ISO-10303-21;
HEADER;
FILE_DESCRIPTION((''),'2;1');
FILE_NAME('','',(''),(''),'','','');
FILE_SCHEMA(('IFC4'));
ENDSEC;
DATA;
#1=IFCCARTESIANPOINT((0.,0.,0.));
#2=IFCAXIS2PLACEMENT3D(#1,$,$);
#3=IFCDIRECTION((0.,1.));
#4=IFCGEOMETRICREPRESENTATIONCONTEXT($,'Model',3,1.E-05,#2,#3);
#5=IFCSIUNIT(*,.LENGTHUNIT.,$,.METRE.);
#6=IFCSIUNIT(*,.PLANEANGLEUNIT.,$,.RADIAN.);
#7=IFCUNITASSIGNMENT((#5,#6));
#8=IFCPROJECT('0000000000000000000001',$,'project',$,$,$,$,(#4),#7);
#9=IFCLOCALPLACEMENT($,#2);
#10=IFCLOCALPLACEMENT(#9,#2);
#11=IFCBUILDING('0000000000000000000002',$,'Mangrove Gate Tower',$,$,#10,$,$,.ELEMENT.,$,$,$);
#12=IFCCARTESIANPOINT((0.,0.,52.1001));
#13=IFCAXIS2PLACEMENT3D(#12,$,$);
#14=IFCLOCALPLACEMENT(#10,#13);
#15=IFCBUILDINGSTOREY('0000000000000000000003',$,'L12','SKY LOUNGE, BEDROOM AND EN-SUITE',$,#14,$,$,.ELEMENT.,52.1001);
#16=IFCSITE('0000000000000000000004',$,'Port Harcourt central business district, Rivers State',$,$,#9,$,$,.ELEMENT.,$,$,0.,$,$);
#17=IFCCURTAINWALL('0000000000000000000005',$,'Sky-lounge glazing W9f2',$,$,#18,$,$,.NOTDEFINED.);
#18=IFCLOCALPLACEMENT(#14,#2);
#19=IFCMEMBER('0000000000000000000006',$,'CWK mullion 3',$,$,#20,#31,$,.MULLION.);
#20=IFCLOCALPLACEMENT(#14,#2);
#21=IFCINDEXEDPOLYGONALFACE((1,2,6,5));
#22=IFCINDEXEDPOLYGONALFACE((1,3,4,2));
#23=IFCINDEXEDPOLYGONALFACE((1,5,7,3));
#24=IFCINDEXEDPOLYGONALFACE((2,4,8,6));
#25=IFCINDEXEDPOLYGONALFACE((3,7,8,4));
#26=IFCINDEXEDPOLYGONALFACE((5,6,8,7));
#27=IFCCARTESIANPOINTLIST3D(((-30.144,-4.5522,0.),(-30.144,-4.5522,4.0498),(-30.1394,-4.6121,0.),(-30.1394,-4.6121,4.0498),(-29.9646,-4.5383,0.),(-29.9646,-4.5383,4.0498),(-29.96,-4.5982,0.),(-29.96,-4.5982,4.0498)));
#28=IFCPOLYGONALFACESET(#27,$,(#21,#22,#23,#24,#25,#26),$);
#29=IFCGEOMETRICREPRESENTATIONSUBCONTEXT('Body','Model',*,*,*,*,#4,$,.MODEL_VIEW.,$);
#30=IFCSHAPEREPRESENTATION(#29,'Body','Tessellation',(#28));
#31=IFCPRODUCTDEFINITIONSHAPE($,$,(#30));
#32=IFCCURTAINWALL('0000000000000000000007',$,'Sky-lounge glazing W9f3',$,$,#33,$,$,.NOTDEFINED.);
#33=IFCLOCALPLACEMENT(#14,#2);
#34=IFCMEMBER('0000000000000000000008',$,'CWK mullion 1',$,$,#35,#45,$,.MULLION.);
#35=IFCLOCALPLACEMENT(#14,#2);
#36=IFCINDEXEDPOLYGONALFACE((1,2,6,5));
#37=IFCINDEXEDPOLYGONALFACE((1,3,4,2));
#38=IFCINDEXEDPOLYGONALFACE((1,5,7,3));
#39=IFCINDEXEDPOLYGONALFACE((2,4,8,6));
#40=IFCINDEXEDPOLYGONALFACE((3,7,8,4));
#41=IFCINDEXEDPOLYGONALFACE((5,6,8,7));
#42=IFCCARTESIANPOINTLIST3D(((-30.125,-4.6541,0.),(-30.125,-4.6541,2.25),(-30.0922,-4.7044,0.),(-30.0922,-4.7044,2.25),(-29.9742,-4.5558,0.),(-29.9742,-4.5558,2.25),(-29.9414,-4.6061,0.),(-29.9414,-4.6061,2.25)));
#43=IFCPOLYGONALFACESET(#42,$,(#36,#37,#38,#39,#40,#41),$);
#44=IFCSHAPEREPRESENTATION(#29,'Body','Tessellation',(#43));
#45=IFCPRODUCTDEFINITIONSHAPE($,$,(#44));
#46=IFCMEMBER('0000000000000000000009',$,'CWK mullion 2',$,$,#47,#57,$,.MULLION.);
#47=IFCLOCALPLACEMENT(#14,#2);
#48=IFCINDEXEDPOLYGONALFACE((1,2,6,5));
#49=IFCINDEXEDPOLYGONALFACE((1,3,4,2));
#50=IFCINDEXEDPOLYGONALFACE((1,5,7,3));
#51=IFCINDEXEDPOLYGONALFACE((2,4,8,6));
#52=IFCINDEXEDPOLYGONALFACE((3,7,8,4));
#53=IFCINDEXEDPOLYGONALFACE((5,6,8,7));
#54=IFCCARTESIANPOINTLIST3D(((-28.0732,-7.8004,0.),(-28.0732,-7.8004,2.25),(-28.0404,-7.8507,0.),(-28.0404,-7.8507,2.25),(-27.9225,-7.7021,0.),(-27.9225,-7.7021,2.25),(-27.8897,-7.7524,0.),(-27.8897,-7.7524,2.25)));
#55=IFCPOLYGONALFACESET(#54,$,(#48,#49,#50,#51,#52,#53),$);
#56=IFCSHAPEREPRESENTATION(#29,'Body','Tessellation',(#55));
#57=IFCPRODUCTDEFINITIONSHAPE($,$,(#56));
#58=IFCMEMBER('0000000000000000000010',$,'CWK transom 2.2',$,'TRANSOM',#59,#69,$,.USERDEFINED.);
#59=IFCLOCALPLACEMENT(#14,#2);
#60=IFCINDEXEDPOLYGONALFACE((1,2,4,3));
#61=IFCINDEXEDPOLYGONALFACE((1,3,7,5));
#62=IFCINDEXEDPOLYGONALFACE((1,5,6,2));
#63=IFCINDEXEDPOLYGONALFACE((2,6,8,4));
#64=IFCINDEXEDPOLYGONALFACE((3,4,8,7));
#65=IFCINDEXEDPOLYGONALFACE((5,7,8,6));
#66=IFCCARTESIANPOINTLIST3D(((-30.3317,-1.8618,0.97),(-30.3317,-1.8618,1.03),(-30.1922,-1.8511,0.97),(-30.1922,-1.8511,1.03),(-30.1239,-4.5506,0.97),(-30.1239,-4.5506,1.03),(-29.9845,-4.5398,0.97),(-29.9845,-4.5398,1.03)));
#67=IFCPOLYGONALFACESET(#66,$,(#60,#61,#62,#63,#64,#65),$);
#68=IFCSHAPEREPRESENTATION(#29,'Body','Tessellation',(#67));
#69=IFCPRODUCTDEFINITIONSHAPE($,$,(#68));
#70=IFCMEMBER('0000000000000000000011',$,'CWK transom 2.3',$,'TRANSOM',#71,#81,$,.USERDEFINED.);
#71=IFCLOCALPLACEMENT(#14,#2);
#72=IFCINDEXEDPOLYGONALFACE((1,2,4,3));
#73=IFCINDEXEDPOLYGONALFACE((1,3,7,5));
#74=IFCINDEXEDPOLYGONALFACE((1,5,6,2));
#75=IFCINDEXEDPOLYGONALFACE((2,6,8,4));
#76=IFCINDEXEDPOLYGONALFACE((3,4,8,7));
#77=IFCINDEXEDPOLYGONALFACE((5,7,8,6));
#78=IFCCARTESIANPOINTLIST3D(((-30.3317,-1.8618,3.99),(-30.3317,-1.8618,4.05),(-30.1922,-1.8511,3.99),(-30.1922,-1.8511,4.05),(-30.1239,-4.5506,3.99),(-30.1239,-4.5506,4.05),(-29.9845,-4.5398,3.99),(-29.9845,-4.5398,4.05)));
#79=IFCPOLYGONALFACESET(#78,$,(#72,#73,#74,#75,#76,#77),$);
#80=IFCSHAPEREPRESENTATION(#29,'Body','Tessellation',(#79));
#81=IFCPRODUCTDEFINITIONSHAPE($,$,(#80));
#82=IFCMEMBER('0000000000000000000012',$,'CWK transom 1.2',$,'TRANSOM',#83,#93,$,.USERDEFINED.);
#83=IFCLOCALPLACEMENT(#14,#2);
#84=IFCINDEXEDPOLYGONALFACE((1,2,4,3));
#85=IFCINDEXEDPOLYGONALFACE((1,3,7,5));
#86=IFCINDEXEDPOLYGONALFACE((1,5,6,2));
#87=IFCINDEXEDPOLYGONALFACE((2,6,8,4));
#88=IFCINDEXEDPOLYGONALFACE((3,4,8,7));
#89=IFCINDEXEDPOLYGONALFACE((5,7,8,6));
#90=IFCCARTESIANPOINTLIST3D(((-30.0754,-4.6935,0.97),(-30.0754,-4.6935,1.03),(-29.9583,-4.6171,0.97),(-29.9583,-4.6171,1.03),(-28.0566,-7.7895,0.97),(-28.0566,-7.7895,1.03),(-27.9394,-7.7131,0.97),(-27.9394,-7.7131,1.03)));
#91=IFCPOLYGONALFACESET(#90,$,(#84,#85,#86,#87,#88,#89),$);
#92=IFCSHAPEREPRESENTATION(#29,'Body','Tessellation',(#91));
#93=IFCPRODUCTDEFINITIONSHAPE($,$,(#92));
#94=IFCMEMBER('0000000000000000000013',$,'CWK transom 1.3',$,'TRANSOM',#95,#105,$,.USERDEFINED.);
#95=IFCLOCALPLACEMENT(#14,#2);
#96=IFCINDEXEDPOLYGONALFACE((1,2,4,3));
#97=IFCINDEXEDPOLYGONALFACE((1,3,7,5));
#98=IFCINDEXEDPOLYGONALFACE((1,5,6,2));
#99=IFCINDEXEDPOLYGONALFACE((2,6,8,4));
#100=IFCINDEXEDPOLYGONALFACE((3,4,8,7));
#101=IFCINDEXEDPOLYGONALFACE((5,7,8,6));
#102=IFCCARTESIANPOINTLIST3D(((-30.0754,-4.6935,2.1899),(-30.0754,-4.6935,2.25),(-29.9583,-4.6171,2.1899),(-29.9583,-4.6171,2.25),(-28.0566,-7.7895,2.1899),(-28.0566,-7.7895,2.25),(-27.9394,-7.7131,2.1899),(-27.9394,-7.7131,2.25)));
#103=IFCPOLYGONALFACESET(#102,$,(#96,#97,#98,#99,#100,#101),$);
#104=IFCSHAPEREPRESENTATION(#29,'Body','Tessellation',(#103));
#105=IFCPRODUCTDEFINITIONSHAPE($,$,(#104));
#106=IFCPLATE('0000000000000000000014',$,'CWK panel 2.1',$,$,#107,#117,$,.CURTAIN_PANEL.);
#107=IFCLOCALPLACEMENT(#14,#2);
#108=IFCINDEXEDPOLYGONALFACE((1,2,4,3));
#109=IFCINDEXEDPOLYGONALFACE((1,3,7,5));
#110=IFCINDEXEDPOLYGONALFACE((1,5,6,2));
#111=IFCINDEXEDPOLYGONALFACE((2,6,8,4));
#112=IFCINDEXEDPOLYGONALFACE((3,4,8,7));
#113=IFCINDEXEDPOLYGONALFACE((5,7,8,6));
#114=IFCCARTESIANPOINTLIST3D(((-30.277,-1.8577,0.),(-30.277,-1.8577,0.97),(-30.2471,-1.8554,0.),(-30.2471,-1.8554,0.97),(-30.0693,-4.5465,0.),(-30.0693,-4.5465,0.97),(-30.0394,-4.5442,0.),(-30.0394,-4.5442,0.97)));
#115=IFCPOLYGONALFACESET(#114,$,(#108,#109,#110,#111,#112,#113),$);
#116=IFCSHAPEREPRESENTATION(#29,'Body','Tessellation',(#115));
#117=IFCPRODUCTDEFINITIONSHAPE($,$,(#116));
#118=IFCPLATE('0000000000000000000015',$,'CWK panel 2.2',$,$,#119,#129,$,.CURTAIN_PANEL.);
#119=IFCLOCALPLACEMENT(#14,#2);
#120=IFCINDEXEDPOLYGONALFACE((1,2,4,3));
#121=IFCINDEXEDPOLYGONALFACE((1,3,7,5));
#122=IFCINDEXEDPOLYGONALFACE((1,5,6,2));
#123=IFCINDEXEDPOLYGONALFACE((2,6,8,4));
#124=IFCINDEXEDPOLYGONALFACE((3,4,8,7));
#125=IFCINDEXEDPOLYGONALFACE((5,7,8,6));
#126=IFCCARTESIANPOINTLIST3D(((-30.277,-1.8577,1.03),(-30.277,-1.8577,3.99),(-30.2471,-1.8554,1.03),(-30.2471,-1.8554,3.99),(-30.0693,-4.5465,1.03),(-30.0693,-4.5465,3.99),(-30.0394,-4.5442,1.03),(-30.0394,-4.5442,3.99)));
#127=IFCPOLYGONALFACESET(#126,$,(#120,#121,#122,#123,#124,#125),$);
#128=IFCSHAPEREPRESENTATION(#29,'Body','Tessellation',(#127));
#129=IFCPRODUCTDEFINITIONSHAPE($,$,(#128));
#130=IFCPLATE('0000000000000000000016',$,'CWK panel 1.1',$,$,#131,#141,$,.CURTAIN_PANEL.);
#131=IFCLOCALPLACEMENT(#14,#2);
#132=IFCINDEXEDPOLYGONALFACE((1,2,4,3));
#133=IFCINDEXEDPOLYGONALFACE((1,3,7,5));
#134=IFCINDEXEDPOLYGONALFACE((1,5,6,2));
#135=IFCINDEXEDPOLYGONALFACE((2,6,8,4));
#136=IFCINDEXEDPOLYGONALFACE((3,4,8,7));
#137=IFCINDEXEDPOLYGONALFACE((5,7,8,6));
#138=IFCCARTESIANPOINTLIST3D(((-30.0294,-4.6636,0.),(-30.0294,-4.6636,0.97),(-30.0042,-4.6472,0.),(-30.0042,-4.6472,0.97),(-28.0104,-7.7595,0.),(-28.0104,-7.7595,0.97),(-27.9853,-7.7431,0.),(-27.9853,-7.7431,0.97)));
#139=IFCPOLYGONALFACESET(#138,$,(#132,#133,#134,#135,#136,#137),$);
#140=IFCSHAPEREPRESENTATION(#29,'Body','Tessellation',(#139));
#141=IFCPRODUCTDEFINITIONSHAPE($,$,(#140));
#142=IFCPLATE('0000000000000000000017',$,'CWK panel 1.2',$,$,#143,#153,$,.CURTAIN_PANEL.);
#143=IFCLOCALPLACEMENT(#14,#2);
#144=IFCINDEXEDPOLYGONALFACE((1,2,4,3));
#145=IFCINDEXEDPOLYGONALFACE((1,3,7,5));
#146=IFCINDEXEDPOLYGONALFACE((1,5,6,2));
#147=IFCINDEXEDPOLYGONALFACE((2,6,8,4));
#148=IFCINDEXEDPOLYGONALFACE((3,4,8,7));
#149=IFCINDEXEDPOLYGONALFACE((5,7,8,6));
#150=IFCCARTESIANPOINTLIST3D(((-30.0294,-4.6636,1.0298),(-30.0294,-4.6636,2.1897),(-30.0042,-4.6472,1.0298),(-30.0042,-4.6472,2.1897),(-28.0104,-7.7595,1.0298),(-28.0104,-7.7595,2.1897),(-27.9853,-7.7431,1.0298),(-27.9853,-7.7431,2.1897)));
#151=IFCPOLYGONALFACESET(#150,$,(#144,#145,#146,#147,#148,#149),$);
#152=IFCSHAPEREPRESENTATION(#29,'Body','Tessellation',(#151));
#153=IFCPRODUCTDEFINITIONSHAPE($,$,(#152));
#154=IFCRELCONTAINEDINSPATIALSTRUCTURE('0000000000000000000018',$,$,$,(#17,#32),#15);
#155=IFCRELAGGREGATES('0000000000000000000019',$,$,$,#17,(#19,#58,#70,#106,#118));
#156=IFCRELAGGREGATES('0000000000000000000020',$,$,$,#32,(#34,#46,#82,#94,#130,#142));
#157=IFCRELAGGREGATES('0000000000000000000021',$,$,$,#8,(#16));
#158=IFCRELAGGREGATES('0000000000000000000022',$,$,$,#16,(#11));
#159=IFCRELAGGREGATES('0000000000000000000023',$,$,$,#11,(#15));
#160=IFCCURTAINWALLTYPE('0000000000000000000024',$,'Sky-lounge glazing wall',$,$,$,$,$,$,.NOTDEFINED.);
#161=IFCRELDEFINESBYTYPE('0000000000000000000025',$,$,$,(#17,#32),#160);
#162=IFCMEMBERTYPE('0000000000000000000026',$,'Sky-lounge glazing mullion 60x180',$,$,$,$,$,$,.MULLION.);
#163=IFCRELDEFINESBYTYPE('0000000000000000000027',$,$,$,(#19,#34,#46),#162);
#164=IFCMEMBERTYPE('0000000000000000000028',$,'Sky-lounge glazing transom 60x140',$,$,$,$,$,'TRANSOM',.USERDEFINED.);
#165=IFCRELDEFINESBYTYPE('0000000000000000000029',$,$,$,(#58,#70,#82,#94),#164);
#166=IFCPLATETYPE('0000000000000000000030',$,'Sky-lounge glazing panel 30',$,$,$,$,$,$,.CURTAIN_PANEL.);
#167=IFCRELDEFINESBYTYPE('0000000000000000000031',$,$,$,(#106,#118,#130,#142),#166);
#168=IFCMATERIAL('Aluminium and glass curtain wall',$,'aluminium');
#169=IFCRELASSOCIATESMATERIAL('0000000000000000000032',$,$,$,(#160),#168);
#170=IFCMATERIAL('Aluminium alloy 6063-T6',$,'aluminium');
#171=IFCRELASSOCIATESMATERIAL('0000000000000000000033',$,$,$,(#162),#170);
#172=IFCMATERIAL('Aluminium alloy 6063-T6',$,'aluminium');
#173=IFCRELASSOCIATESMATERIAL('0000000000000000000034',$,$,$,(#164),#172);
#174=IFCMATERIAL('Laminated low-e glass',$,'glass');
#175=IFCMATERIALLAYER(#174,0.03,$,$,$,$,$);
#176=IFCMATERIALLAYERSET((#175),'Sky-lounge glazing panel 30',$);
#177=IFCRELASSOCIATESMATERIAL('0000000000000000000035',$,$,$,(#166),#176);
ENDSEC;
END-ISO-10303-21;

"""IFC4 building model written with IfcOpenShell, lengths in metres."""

from ifc_helpers import new_model, si_unit, direction, frame, origin, origin_2d, place, context, subcontext, project, spatial, rectangle, extrude, material, layer, layer_set, material_profile, profile_set, type_object, element, aggregate, save


model = new_model("IFC4")

# Units and contexts
model_context = context("Model", 3, precision=1e-05, world=origin(), true_north=direction((0.0, 1.0)))
body_context = subcontext(model_context, "Body", "Model", "MODEL_VIEW")
ifc_project = project(units=[si_unit("LENGTHUNIT", "METRE"), si_unit("PLANEANGLEUNIT", "RADIAN")], contexts=[model_context])

# Site, building, storey
site_placement = place(None, origin())
site = spatial("IfcSite", under=ifc_project, at=site_placement, Name="Port Harcourt central business district, Rivers State", CompositionType="ELEMENT", RefElevation=0.0)
building_placement = place(site_placement, origin())
building = spatial("IfcBuilding", under=site, at=building_placement, Name="Mangrove Gate Tower", CompositionType="ELEMENT")
storey_placement = place(building_placement, frame((0.0, 0.0, 52.1001)))
storey = spatial("IfcBuildingStorey", under=building, at=storey_placement, Name="L12", Description="SKY LOUNGE, BEDROOM AND EN-SUITE", CompositionType="ELEMENT", Elevation=52.1001)

# Curtain wall, member
ifc_material_1 = material(Name="Aluminium and glass curtain wall", Category="aluminium")
curtain_wall_type = type_object("IfcCurtainWallType", Name="Sky-lounge glazing wall", PredefinedType="NOTDEFINED", material=ifc_material_1)
curtain_wall_1_placement = place(storey_placement, origin())
curtain_wall_1 = element("IfcCurtainWall", 1, at=curtain_wall_1_placement, inside=storey, type_object=curtain_wall_type, Name="Sky-lounge glazing W9f2", PredefinedType="NOTDEFINED")
ifc_material_2 = material(Name="Aluminium alloy 6063-T6", Category="aluminium")
ifc_material_profile_1 = material_profile(ifc_material_2, rectangle(XDim=0.0601, YDim=0.1799, at=origin_2d()))
ifc_profile_set_1 = profile_set([ifc_material_profile_1], Name="Aluminium alloy 6063-T6")
member_type_1 = type_object("IfcMemberType", Name="Sky-lounge glazing mullion 60x180", PredefinedType="MULLION", material=ifc_profile_set_1)
member_1_placement = place(storey_placement, frame((-30.052, -4.5752, 0.0), z_axis=(0.0, 0.0, 1.0), x_axis=(0.077023, -0.997029, 0.0)))
member_1 = element("IfcMember", 2, at=member_1_placement, type_object=member_type_1, Name="CWK mullion 3", PredefinedType="MULLION", context=body_context, shape_type="SweptSolid", body=[
    extrude(rectangle(XDim=0.0601, YDim=0.1799, at=origin_2d()), origin(), (0.0, 0.0, 1.0), 4.0498),
])

# Curtain wall, members
curtain_wall_2_placement = place(storey_placement, origin())
curtain_wall_2 = element("IfcCurtainWall", 3, at=curtain_wall_2_placement, inside=storey, type_object=curtain_wall_type, Name="Sky-lounge glazing W9f3", PredefinedType="NOTDEFINED")
member_2_placement = place(storey_placement, frame((-30.0332, -4.6301, 0.0), z_axis=(0.0, 0.0, 1.0), x_axis=(0.546235, -0.837632, 0.0)))
member_2 = element("IfcMember", 4, at=member_2_placement, type_object=member_type_1, Name="CWK mullion 1", PredefinedType="MULLION", context=body_context, shape_type="SweptSolid", body=[
    extrude(rectangle(XDim=0.0601, YDim=0.1799, at=origin_2d()), origin(), (0.0, 0.0, 1.0), 2.25),
])
member_3_placement = place(storey_placement, frame((-27.9814, -7.7764, 0.0), z_axis=(0.0, 0.0, 1.0), x_axis=(0.546235, -0.837632, 0.0)))
member_3 = element("IfcMember", 5, at=member_3_placement, type_object=member_type_1, Name="CWK mullion 2", PredefinedType="MULLION", context=body_context, shape_type="SweptSolid", body=[
    extrude(rectangle(XDim=0.0601, YDim=0.1799, at=origin_2d()), origin(), (0.0, 0.0, 1.0), 2.25),
])

# Members
ifc_material_3 = material(Name="Aluminium alloy 6063-T6", Category="aluminium")
ifc_material_profile_2 = material_profile(ifc_material_3, rectangle(XDim=0.0601, YDim=0.1399, at=origin_2d()))
ifc_profile_set_2 = profile_set([ifc_material_profile_2], Name="Aluminium alloy 6063-T6")
member_type_2 = type_object("IfcMemberType", Name="Sky-lounge glazing transom 60x140", ElementType="TRANSOM", PredefinedType="USERDEFINED", material=ifc_profile_set_2)
member_4_placement = place(storey_placement, frame((-30.262, -1.8564, 1.0), z_axis=(0.077043, -0.997028, 0.0), x_axis=(0.0, 0.0, 1.0)))
member_4 = element("IfcMember", 6, at=member_4_placement, type_object=member_type_2, Name="CWK transom 2.2", ObjectType="TRANSOM", PredefinedType="USERDEFINED", context=body_context, shape_type="SweptSolid", body=[
    extrude(rectangle(XDim=0.0601, YDim=0.1399, at=origin_2d()), origin(), (0.0, 0.0, 1.0), 2.6968),
])
member_5_placement = place(storey_placement, frame((-30.262, -1.8564, 4.02), z_axis=(0.077043, -0.997028, 0.0), x_axis=(0.0, 0.0, 1.0)))
member_5 = element("IfcMember", 7, at=member_5_placement, type_object=member_type_2, Name="CWK transom 2.3", ObjectType="TRANSOM", PredefinedType="USERDEFINED", context=body_context, shape_type="SweptSolid", body=[
    extrude(rectangle(XDim=0.0601, YDim=0.1399, at=origin_2d()), origin(), (0.0, 0.0, 1.0), 2.6968),
])
member_6_placement = place(storey_placement, frame((-30.0168, -4.6553, 1.0), z_axis=(0.546211, -0.837647, 0.0), x_axis=(0.0, 0.0, 1.0)))
member_6 = element("IfcMember", 8, at=member_6_placement, type_object=member_type_2, Name="CWK transom 1.2", ObjectType="TRANSOM", PredefinedType="USERDEFINED", context=body_context, shape_type="SweptSolid", body=[
    extrude(rectangle(XDim=0.0601, YDim=0.1399, at=origin_2d()), origin(), (0.0, 0.0, 1.0), 3.696),
])
member_7_placement = place(storey_placement, frame((-30.0168, -4.6553, 2.22), z_axis=(0.546211, -0.837647, 0.0), x_axis=(0.0, 0.0, 1.0)))
member_7 = element("IfcMember", 9, at=member_7_placement, type_object=member_type_2, Name="CWK transom 1.3", ObjectType="TRANSOM", PredefinedType="USERDEFINED", context=body_context, shape_type="SweptSolid", body=[
    extrude(rectangle(XDim=0.0601, YDim=0.1399, at=origin_2d()), origin(), (0.0, 0.0, 1.0), 3.696),
])

# Plates
ifc_material_4 = material(Name="Laminated low-e glass", Category="glass")
ifc_layer_1 = layer(ifc_material_4, 0.03)
ifc_layer_set_1 = layer_set([ifc_layer_1], Name="Sky-lounge glazing panel 30")
plate_type = type_object("IfcPlateType", Name="Sky-lounge glazing panel 30", PredefinedType="CURTAIN_PANEL", material=ifc_layer_set_1)
plate_1_placement = place(storey_placement, frame((-30.1582, -3.2009, 0.0), z_axis=(0.0, 0.0, 1.0), x_axis=(0.077023, -0.997029, 0.0)))
plate_1 = element("IfcPlate", 10, at=plate_1_placement, type_object=plate_type, Name="CWK panel 2.1", PredefinedType="CURTAIN_PANEL", context=body_context, shape_type="SweptSolid", body=[
    extrude(rectangle(XDim=2.6968, YDim=0.03, at=origin_2d()), origin(), (0.0, 0.0, 1.0), 0.97),
])
plate_2_placement = place(storey_placement, frame((-30.1582, -3.2009, 1.03), z_axis=(0.0, 0.0, 1.0), x_axis=(0.077023, -0.997029, 0.0)))
plate_2 = element("IfcPlate", 11, at=plate_2_placement, type_object=plate_type, Name="CWK panel 2.2", PredefinedType="CURTAIN_PANEL", context=body_context, shape_type="SweptSolid", body=[
    extrude(rectangle(XDim=2.6968, YDim=0.03, at=origin_2d()), origin(), (0.0, 0.0, 1.0), 2.96),
])
aggregate(curtain_wall_1, [member_1, member_4, member_5, plate_1, plate_2])
plate_3_placement = place(storey_placement, frame((-29.0073, -6.2034, 0.0), z_axis=(0.0, 0.0, 1.0), x_axis=(0.546235, -0.837632, 0.0)))
plate_3 = element("IfcPlate", 12, at=plate_3_placement, type_object=plate_type, Name="CWK panel 1.1", PredefinedType="CURTAIN_PANEL", context=body_context, shape_type="SweptSolid", body=[
    extrude(rectangle(XDim=3.696, YDim=0.03, at=origin_2d()), origin(), (0.0, 0.0, 1.0), 0.97),
])
plate_4_placement = place(storey_placement, frame((-29.0073, -6.2034, 1.0298), z_axis=(0.0, 0.0, 1.0), x_axis=(0.546235, -0.837632, 0.0)))
plate_4 = element("IfcPlate", 13, at=plate_4_placement, type_object=plate_type, Name="CWK panel 1.2", PredefinedType="CURTAIN_PANEL", context=body_context, shape_type="SweptSolid", body=[
    extrude(rectangle(XDim=3.696, YDim=0.03, at=origin_2d()), origin(), (0.0, 0.0, 1.0), 1.1599),
])
aggregate(curtain_wall_2, [member_2, member_3, member_6, member_7, plate_3, plate_4])

save(model, "model.ifc")
